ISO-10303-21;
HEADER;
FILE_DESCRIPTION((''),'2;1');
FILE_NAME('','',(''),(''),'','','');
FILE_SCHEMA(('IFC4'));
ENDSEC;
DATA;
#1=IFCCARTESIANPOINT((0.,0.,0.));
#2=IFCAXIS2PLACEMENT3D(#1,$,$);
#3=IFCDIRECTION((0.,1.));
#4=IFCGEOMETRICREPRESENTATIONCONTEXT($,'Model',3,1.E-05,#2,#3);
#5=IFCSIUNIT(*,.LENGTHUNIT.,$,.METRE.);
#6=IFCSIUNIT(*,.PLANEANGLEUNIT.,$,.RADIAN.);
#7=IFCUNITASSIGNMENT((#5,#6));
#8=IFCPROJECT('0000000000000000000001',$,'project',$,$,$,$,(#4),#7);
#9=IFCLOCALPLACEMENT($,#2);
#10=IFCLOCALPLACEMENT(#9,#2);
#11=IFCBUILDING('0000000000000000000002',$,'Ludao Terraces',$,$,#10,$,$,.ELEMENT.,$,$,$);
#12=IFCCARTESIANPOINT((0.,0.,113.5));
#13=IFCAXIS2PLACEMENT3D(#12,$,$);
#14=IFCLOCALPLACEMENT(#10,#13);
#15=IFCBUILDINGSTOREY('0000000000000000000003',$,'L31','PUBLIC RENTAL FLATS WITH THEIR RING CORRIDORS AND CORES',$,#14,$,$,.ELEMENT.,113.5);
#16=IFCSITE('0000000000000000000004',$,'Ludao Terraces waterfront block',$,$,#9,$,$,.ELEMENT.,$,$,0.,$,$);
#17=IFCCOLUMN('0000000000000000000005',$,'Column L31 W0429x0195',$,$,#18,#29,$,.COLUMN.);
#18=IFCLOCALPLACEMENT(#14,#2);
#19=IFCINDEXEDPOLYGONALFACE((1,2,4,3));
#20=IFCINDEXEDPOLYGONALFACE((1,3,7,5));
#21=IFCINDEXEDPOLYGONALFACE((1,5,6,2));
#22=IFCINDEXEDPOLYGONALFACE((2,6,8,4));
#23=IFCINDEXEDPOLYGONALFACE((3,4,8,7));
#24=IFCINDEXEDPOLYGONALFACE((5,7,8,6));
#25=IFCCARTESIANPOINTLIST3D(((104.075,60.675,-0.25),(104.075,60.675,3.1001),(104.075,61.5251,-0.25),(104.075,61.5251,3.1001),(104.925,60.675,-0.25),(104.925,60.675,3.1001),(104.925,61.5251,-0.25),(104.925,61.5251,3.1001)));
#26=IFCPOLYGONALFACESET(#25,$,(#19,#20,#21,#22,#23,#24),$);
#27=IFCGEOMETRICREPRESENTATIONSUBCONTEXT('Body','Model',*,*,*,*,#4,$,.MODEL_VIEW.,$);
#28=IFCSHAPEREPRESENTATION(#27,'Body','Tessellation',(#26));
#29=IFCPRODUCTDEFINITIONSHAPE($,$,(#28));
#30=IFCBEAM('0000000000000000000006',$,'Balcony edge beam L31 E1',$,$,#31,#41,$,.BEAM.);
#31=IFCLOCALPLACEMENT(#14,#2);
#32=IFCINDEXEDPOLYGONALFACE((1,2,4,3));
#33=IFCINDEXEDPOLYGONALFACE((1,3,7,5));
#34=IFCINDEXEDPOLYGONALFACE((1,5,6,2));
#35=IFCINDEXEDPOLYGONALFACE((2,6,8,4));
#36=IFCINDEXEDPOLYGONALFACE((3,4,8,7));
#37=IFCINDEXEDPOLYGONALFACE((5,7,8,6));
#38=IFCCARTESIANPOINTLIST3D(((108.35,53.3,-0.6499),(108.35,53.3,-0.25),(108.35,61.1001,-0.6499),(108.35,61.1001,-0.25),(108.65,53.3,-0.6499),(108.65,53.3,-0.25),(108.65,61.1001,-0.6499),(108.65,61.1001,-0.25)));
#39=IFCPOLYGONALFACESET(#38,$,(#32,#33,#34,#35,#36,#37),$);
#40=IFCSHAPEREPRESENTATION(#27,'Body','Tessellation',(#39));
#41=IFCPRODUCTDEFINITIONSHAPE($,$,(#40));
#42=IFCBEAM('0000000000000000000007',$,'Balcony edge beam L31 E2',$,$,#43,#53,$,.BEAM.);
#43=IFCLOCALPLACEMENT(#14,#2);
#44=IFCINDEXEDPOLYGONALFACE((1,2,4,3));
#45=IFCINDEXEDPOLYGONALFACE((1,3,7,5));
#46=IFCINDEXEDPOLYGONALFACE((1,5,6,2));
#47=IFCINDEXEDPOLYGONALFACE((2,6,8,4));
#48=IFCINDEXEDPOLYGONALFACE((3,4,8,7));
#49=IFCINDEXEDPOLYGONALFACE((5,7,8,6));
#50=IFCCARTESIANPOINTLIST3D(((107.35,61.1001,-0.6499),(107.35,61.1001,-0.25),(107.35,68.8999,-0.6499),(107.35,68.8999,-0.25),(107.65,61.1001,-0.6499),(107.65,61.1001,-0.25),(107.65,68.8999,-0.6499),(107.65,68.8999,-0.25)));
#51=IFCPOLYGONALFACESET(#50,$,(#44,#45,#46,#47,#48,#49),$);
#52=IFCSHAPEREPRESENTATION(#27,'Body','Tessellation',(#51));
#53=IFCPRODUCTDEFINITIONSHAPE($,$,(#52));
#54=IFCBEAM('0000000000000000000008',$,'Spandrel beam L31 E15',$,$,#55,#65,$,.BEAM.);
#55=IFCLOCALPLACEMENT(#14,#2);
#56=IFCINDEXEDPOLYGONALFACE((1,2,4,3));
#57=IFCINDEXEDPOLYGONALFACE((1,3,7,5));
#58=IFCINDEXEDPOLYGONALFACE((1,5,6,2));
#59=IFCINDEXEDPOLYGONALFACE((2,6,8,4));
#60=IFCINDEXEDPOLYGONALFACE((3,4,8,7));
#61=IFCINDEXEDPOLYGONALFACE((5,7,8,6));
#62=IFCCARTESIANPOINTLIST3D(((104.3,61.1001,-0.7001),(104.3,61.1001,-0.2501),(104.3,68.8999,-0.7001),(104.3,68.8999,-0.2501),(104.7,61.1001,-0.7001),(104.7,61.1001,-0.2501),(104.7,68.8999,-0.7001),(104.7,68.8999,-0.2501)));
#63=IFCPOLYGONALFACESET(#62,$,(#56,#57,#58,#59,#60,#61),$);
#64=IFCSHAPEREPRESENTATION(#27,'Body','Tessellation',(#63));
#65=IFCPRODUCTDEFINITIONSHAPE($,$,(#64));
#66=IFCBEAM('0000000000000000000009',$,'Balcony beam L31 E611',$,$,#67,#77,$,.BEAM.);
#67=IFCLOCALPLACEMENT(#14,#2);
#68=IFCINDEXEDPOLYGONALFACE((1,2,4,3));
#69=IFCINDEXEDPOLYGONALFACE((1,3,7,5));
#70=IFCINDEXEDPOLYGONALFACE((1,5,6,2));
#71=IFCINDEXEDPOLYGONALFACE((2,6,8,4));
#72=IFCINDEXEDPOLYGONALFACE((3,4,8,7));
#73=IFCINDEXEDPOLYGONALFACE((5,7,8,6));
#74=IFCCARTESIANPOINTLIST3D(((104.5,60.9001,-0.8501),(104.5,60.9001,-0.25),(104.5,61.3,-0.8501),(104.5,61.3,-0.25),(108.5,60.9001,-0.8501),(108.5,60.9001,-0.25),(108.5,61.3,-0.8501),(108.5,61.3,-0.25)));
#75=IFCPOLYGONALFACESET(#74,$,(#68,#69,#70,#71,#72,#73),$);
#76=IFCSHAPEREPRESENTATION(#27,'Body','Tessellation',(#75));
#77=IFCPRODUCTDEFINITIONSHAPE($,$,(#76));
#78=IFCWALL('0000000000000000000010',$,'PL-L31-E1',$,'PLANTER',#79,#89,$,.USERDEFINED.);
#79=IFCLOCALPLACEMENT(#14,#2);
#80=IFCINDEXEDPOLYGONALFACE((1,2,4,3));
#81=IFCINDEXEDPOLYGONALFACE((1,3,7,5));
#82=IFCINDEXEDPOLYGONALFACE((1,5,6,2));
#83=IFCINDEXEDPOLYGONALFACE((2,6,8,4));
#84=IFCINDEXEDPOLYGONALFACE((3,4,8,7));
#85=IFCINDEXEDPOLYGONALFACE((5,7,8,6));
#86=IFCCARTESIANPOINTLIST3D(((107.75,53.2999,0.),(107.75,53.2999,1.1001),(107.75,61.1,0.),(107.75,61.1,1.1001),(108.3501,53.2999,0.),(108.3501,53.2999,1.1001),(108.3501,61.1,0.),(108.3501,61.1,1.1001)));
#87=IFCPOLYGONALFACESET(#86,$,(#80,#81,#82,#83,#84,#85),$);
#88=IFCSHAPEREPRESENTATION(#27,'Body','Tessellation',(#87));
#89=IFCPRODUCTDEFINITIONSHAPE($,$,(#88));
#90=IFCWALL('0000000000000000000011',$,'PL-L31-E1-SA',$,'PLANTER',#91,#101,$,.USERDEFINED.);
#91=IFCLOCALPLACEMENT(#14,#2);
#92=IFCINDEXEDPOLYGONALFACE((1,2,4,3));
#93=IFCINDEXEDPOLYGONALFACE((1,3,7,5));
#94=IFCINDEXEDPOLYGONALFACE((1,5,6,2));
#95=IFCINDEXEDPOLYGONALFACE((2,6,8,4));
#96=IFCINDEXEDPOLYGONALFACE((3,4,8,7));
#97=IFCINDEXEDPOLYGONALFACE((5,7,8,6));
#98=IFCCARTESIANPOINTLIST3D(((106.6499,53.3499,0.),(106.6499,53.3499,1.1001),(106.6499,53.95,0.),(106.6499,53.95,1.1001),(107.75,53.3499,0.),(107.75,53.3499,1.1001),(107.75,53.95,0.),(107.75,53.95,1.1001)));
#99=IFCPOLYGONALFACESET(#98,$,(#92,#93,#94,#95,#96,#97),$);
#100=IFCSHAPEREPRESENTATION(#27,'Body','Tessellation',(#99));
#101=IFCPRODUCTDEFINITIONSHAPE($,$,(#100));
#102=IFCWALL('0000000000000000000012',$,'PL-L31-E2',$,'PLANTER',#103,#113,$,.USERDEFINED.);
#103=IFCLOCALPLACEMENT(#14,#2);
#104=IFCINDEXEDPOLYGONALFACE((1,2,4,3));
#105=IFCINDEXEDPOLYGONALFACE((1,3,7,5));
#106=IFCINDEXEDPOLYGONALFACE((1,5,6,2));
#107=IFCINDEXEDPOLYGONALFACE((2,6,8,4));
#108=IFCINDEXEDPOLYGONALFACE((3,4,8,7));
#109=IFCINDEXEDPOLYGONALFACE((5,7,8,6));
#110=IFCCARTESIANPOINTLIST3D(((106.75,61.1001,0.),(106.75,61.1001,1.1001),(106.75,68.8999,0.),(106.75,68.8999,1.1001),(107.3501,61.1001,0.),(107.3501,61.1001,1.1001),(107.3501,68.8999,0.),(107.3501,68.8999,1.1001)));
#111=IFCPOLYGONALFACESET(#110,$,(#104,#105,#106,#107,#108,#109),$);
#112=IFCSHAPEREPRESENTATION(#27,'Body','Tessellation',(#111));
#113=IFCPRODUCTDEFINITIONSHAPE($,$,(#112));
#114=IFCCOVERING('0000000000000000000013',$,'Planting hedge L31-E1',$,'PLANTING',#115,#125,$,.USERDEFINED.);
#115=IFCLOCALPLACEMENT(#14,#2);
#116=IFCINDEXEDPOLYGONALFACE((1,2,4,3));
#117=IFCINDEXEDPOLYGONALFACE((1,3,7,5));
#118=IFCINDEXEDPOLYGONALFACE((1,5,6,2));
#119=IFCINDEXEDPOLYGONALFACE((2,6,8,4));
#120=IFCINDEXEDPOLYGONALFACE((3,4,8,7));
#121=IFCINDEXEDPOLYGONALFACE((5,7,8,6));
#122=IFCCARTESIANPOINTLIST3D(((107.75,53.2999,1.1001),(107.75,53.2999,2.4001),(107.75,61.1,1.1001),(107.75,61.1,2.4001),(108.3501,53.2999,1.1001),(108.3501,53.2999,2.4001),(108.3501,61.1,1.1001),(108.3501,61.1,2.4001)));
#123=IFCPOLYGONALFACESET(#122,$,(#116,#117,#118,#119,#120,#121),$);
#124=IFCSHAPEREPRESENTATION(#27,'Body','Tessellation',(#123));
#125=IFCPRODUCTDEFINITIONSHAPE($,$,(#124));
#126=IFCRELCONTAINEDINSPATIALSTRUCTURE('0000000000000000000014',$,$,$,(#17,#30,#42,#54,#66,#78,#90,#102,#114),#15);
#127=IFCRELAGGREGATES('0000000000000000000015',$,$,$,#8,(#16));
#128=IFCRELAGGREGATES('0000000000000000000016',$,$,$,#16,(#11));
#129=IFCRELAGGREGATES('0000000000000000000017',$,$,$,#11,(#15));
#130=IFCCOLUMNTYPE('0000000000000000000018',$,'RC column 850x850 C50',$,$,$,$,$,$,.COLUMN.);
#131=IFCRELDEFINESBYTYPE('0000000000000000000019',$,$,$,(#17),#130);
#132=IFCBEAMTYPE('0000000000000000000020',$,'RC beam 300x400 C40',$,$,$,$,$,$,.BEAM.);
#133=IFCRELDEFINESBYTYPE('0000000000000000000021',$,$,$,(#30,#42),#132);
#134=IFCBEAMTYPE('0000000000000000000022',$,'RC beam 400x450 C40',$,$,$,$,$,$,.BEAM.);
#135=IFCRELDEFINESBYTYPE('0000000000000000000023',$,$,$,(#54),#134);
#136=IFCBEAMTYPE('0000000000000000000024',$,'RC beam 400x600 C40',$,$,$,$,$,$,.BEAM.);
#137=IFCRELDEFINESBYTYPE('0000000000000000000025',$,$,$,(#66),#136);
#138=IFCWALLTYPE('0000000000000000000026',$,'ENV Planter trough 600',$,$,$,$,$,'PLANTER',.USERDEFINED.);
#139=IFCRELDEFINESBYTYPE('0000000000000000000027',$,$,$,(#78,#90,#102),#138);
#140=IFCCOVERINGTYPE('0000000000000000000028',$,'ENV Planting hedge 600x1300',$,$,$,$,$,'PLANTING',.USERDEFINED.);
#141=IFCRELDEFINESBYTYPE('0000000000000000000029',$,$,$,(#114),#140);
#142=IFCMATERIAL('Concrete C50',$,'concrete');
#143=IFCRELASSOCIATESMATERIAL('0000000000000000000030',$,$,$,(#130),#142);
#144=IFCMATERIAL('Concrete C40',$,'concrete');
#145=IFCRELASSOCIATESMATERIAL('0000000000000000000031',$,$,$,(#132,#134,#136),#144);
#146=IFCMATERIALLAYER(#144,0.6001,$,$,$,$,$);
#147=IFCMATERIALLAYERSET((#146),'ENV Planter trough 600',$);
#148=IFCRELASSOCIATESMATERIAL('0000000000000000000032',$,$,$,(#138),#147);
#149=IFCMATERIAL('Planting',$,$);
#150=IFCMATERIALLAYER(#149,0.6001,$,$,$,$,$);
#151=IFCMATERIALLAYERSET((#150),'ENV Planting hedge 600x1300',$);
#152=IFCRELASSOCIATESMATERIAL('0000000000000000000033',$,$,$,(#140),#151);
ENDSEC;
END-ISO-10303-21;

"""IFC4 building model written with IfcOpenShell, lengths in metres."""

from ifc_helpers import new_model, si_unit, direction, frame, frame_2d, origin, origin_2d, place, context, subcontext, project, spatial, rectangle, extrude, material, layer, layer_set, material_profile, profile_set, type_object, element, save


model = new_model("IFC4")

# Units and contexts
model_context = context("Model", 3, precision=1e-05, world=origin(), true_north=direction((0.0, 1.0)))
body_context = subcontext(model_context, "Body", "Model", "MODEL_VIEW")
ifc_project = project(units=[si_unit("LENGTHUNIT", "METRE"), si_unit("PLANEANGLEUNIT", "RADIAN")], contexts=[model_context])

# Site, building, storey
site_placement = place(None, origin())
site = spatial("IfcSite", under=ifc_project, at=site_placement, Name="Ludao Terraces waterfront block", CompositionType="ELEMENT", RefElevation=0.0)
building_placement = place(site_placement, origin())
building = spatial("IfcBuilding", under=site, at=building_placement, Name="Ludao Terraces", CompositionType="ELEMENT")
storey_placement = place(building_placement, frame((0.0, 0.0, 113.5)))
storey = spatial("IfcBuildingStorey", under=building, at=storey_placement, Name="L31", Description="PUBLIC RENTAL FLATS WITH THEIR RING CORRIDORS AND CORES", CompositionType="ELEMENT", Elevation=113.5)

# Column
ifc_material_1 = material(Name="Concrete C50", Category="concrete")
ifc_material_profile_1 = material_profile(ifc_material_1, rectangle(XDim=0.8501, YDim=0.8501, at=origin_2d()), Name="850 X 850")
ifc_profile_set_1 = profile_set([ifc_material_profile_1], Name="Concrete C50")
column_type = type_object("IfcColumnType", Name="RC column 850x850 C50", PredefinedType="COLUMN", material=ifc_profile_set_1)
column_placement = place(storey_placement, frame((104.5, 61.1001, -0.25), z_axis=(0.0, 0.0, 1.0), x_axis=(1.0, 0.0, 0.0)))
element("IfcColumn", 1, at=column_placement, inside=storey, type_object=column_type, Name="Column L31 W0429x0195", PredefinedType="COLUMN", context=body_context, shape_type="SweptSolid", body=[
    extrude(rectangle(XDim=0.8501, YDim=0.8501, at=origin_2d()), origin(), (0.0, 0.0, 1.0), 3.3501),
])

# Beams
ifc_material_2 = material(Name="Concrete C40", Category="concrete")
ifc_material_profile_2 = material_profile(ifc_material_2, rectangle(XDim=0.3, YDim=0.3999, at=origin_2d()), Name="300 X 400")
ifc_profile_set_2 = profile_set([ifc_material_profile_2], Name="Concrete C40")
beam_type_1 = type_object("IfcBeamType", Name="RC beam 300x400 C40", PredefinedType="BEAM", material=ifc_profile_set_2)
beam_1_placement = place(storey_placement, frame((108.5, 53.3, -0.45), z_axis=(0.0, 1.0, 0.0), x_axis=(-1.0, 0.0, 0.0)))
element("IfcBeam", 2, at=beam_1_placement, inside=storey, type_object=beam_type_1, Name="Balcony edge beam L31 E1", PredefinedType="BEAM", context=body_context, shape_type="SweptSolid", body=[
    extrude(rectangle(XDim=0.3, YDim=0.3999, at=origin_2d()), origin(), (0.0, 0.0, 1.0), 7.8),
])
beam_2_placement = place(storey_placement, frame((107.5, 61.1001, -0.45), z_axis=(0.0, 1.0, 0.0), x_axis=(-1.0, 0.0, 0.0)))
element("IfcBeam", 3, at=beam_2_placement, inside=storey, type_object=beam_type_1, Name="Balcony edge beam L31 E2", PredefinedType="BEAM", context=body_context, shape_type="SweptSolid", body=[
    extrude(rectangle(XDim=0.3, YDim=0.3999, at=origin_2d()), origin(), (0.0, 0.0, 1.0), 7.7998),
])
ifc_material_profile_3 = material_profile(ifc_material_2, rectangle(XDim=0.3999, YDim=0.45, at=origin_2d()), Name="400 X 450")
ifc_profile_set_3 = profile_set([ifc_material_profile_3], Name="Concrete C40")
beam_type_2 = type_object("IfcBeamType", Name="RC beam 400x450 C40", PredefinedType="BEAM", material=ifc_profile_set_3)
beam_3_placement = place(storey_placement, frame((104.5, 61.1001, -0.4751), z_axis=(0.0, 1.0, 0.0), x_axis=(-1.0, 0.0, 0.0)))
element("IfcBeam", 4, at=beam_3_placement, inside=storey, type_object=beam_type_2, Name="Spandrel beam L31 E15", PredefinedType="BEAM", context=body_context, shape_type="SweptSolid", body=[
    extrude(rectangle(XDim=0.3999, YDim=0.45, at=origin_2d()), origin(), (0.0, 0.0, 1.0), 7.7998),
])
ifc_material_profile_4 = material_profile(ifc_material_2, rectangle(XDim=0.3999, YDim=0.6001, at=origin_2d()), Name="400 X 600")
ifc_profile_set_4 = profile_set([ifc_material_profile_4], Name="Concrete C40")
beam_type_3 = type_object("IfcBeamType", Name="RC beam 400x600 C40", PredefinedType="BEAM", material=ifc_profile_set_4)
beam_4_placement = place(storey_placement, frame((104.5, 61.1001, -0.55), z_axis=(1.0, 0.0, 0.0), x_axis=(0.0, 1.0, 0.0)))
element("IfcBeam", 5, at=beam_4_placement, inside=storey, type_object=beam_type_3, Name="Balcony beam L31 E611", PredefinedType="BEAM", context=body_context, shape_type="SweptSolid", body=[
    extrude(rectangle(XDim=0.3999, YDim=0.6001, at=origin_2d()), origin(), (0.0, 0.0, 1.0), 4.0),
])

# Walls
ifc_layer_1 = layer(ifc_material_2, 0.6001)
ifc_layer_set_1 = layer_set([ifc_layer_1], Name="ENV Planter trough 600")
wall_type = type_object("IfcWallType", Name="ENV Planter trough 600", ElementType="PLANTER", PredefinedType="USERDEFINED", material=ifc_layer_set_1)
wall_1_placement = place(storey_placement, frame((108.05, 53.3, 0.0), z_axis=(0.0, 0.0, 1.0), x_axis=(0.0, 1.0, 0.0)))
element("IfcWall", 6, at=wall_1_placement, inside=storey, type_object=wall_type, Name="PL-L31-E1", ObjectType="PLANTER", PredefinedType="USERDEFINED", context=body_context, shape_type="SweptSolid", body=[
    extrude(rectangle(XDim=7.8, YDim=0.6001, at=frame_2d((3.8999, 0.0))), origin(), (0.0, 0.0, 1.0), 1.1001),
])
wall_2_placement = place(storey_placement, frame((107.75, 53.6499, 0.0), z_axis=(0.0, 0.0, 1.0), x_axis=(-1.0, 0.0, 0.0)))
element("IfcWall", 7, at=wall_2_placement, inside=storey, type_object=wall_type, Name="PL-L31-E1-SA", ObjectType="PLANTER", PredefinedType="USERDEFINED", context=body_context, shape_type="SweptSolid", body=[
    extrude(rectangle(XDim=1.1001, YDim=0.6001, at=frame_2d((0.55, 0.0))), origin(), (0.0, 0.0, 1.0), 1.1001),
])
wall_3_placement = place(storey_placement, frame((107.05, 61.1001, 0.0), z_axis=(0.0, 0.0, 1.0), x_axis=(0.0, 1.0, 0.0)))
element("IfcWall", 8, at=wall_3_placement, inside=storey, type_object=wall_type, Name="PL-L31-E2", ObjectType="PLANTER", PredefinedType="USERDEFINED", context=body_context, shape_type="SweptSolid", body=[
    extrude(rectangle(XDim=7.7998, YDim=0.6001, at=frame_2d((3.8999, 0.0))), origin(), (0.0, 0.0, 1.0), 1.1001),
])

# Covering
ifc_material_3 = material(Name="Planting")
ifc_layer_2 = layer(ifc_material_3, 0.6001)
ifc_layer_set_2 = layer_set([ifc_layer_2], Name="ENV Planting hedge 600x1300")
covering_type = type_object("IfcCoveringType", Name="ENV Planting hedge 600x1300", ElementType="PLANTING", PredefinedType="USERDEFINED", material=ifc_layer_set_2)
covering_placement = place(storey_placement, frame((108.05, 57.2, 1.1001), z_axis=(0.0, 0.0, 1.0), x_axis=(1.0, 0.0, 0.0)))
element("IfcCovering", 9, at=covering_placement, inside=storey, type_object=covering_type, Name="Planting hedge L31-E1", ObjectType="PLANTING", PredefinedType="USERDEFINED", context=body_context, shape_type="SweptSolid", body=[
    extrude(rectangle(XDim=0.6001, YDim=7.8, at=origin_2d()), origin(), (0.0, 0.0, 1.0), 1.3),
])

save(model, "model.ifc")
